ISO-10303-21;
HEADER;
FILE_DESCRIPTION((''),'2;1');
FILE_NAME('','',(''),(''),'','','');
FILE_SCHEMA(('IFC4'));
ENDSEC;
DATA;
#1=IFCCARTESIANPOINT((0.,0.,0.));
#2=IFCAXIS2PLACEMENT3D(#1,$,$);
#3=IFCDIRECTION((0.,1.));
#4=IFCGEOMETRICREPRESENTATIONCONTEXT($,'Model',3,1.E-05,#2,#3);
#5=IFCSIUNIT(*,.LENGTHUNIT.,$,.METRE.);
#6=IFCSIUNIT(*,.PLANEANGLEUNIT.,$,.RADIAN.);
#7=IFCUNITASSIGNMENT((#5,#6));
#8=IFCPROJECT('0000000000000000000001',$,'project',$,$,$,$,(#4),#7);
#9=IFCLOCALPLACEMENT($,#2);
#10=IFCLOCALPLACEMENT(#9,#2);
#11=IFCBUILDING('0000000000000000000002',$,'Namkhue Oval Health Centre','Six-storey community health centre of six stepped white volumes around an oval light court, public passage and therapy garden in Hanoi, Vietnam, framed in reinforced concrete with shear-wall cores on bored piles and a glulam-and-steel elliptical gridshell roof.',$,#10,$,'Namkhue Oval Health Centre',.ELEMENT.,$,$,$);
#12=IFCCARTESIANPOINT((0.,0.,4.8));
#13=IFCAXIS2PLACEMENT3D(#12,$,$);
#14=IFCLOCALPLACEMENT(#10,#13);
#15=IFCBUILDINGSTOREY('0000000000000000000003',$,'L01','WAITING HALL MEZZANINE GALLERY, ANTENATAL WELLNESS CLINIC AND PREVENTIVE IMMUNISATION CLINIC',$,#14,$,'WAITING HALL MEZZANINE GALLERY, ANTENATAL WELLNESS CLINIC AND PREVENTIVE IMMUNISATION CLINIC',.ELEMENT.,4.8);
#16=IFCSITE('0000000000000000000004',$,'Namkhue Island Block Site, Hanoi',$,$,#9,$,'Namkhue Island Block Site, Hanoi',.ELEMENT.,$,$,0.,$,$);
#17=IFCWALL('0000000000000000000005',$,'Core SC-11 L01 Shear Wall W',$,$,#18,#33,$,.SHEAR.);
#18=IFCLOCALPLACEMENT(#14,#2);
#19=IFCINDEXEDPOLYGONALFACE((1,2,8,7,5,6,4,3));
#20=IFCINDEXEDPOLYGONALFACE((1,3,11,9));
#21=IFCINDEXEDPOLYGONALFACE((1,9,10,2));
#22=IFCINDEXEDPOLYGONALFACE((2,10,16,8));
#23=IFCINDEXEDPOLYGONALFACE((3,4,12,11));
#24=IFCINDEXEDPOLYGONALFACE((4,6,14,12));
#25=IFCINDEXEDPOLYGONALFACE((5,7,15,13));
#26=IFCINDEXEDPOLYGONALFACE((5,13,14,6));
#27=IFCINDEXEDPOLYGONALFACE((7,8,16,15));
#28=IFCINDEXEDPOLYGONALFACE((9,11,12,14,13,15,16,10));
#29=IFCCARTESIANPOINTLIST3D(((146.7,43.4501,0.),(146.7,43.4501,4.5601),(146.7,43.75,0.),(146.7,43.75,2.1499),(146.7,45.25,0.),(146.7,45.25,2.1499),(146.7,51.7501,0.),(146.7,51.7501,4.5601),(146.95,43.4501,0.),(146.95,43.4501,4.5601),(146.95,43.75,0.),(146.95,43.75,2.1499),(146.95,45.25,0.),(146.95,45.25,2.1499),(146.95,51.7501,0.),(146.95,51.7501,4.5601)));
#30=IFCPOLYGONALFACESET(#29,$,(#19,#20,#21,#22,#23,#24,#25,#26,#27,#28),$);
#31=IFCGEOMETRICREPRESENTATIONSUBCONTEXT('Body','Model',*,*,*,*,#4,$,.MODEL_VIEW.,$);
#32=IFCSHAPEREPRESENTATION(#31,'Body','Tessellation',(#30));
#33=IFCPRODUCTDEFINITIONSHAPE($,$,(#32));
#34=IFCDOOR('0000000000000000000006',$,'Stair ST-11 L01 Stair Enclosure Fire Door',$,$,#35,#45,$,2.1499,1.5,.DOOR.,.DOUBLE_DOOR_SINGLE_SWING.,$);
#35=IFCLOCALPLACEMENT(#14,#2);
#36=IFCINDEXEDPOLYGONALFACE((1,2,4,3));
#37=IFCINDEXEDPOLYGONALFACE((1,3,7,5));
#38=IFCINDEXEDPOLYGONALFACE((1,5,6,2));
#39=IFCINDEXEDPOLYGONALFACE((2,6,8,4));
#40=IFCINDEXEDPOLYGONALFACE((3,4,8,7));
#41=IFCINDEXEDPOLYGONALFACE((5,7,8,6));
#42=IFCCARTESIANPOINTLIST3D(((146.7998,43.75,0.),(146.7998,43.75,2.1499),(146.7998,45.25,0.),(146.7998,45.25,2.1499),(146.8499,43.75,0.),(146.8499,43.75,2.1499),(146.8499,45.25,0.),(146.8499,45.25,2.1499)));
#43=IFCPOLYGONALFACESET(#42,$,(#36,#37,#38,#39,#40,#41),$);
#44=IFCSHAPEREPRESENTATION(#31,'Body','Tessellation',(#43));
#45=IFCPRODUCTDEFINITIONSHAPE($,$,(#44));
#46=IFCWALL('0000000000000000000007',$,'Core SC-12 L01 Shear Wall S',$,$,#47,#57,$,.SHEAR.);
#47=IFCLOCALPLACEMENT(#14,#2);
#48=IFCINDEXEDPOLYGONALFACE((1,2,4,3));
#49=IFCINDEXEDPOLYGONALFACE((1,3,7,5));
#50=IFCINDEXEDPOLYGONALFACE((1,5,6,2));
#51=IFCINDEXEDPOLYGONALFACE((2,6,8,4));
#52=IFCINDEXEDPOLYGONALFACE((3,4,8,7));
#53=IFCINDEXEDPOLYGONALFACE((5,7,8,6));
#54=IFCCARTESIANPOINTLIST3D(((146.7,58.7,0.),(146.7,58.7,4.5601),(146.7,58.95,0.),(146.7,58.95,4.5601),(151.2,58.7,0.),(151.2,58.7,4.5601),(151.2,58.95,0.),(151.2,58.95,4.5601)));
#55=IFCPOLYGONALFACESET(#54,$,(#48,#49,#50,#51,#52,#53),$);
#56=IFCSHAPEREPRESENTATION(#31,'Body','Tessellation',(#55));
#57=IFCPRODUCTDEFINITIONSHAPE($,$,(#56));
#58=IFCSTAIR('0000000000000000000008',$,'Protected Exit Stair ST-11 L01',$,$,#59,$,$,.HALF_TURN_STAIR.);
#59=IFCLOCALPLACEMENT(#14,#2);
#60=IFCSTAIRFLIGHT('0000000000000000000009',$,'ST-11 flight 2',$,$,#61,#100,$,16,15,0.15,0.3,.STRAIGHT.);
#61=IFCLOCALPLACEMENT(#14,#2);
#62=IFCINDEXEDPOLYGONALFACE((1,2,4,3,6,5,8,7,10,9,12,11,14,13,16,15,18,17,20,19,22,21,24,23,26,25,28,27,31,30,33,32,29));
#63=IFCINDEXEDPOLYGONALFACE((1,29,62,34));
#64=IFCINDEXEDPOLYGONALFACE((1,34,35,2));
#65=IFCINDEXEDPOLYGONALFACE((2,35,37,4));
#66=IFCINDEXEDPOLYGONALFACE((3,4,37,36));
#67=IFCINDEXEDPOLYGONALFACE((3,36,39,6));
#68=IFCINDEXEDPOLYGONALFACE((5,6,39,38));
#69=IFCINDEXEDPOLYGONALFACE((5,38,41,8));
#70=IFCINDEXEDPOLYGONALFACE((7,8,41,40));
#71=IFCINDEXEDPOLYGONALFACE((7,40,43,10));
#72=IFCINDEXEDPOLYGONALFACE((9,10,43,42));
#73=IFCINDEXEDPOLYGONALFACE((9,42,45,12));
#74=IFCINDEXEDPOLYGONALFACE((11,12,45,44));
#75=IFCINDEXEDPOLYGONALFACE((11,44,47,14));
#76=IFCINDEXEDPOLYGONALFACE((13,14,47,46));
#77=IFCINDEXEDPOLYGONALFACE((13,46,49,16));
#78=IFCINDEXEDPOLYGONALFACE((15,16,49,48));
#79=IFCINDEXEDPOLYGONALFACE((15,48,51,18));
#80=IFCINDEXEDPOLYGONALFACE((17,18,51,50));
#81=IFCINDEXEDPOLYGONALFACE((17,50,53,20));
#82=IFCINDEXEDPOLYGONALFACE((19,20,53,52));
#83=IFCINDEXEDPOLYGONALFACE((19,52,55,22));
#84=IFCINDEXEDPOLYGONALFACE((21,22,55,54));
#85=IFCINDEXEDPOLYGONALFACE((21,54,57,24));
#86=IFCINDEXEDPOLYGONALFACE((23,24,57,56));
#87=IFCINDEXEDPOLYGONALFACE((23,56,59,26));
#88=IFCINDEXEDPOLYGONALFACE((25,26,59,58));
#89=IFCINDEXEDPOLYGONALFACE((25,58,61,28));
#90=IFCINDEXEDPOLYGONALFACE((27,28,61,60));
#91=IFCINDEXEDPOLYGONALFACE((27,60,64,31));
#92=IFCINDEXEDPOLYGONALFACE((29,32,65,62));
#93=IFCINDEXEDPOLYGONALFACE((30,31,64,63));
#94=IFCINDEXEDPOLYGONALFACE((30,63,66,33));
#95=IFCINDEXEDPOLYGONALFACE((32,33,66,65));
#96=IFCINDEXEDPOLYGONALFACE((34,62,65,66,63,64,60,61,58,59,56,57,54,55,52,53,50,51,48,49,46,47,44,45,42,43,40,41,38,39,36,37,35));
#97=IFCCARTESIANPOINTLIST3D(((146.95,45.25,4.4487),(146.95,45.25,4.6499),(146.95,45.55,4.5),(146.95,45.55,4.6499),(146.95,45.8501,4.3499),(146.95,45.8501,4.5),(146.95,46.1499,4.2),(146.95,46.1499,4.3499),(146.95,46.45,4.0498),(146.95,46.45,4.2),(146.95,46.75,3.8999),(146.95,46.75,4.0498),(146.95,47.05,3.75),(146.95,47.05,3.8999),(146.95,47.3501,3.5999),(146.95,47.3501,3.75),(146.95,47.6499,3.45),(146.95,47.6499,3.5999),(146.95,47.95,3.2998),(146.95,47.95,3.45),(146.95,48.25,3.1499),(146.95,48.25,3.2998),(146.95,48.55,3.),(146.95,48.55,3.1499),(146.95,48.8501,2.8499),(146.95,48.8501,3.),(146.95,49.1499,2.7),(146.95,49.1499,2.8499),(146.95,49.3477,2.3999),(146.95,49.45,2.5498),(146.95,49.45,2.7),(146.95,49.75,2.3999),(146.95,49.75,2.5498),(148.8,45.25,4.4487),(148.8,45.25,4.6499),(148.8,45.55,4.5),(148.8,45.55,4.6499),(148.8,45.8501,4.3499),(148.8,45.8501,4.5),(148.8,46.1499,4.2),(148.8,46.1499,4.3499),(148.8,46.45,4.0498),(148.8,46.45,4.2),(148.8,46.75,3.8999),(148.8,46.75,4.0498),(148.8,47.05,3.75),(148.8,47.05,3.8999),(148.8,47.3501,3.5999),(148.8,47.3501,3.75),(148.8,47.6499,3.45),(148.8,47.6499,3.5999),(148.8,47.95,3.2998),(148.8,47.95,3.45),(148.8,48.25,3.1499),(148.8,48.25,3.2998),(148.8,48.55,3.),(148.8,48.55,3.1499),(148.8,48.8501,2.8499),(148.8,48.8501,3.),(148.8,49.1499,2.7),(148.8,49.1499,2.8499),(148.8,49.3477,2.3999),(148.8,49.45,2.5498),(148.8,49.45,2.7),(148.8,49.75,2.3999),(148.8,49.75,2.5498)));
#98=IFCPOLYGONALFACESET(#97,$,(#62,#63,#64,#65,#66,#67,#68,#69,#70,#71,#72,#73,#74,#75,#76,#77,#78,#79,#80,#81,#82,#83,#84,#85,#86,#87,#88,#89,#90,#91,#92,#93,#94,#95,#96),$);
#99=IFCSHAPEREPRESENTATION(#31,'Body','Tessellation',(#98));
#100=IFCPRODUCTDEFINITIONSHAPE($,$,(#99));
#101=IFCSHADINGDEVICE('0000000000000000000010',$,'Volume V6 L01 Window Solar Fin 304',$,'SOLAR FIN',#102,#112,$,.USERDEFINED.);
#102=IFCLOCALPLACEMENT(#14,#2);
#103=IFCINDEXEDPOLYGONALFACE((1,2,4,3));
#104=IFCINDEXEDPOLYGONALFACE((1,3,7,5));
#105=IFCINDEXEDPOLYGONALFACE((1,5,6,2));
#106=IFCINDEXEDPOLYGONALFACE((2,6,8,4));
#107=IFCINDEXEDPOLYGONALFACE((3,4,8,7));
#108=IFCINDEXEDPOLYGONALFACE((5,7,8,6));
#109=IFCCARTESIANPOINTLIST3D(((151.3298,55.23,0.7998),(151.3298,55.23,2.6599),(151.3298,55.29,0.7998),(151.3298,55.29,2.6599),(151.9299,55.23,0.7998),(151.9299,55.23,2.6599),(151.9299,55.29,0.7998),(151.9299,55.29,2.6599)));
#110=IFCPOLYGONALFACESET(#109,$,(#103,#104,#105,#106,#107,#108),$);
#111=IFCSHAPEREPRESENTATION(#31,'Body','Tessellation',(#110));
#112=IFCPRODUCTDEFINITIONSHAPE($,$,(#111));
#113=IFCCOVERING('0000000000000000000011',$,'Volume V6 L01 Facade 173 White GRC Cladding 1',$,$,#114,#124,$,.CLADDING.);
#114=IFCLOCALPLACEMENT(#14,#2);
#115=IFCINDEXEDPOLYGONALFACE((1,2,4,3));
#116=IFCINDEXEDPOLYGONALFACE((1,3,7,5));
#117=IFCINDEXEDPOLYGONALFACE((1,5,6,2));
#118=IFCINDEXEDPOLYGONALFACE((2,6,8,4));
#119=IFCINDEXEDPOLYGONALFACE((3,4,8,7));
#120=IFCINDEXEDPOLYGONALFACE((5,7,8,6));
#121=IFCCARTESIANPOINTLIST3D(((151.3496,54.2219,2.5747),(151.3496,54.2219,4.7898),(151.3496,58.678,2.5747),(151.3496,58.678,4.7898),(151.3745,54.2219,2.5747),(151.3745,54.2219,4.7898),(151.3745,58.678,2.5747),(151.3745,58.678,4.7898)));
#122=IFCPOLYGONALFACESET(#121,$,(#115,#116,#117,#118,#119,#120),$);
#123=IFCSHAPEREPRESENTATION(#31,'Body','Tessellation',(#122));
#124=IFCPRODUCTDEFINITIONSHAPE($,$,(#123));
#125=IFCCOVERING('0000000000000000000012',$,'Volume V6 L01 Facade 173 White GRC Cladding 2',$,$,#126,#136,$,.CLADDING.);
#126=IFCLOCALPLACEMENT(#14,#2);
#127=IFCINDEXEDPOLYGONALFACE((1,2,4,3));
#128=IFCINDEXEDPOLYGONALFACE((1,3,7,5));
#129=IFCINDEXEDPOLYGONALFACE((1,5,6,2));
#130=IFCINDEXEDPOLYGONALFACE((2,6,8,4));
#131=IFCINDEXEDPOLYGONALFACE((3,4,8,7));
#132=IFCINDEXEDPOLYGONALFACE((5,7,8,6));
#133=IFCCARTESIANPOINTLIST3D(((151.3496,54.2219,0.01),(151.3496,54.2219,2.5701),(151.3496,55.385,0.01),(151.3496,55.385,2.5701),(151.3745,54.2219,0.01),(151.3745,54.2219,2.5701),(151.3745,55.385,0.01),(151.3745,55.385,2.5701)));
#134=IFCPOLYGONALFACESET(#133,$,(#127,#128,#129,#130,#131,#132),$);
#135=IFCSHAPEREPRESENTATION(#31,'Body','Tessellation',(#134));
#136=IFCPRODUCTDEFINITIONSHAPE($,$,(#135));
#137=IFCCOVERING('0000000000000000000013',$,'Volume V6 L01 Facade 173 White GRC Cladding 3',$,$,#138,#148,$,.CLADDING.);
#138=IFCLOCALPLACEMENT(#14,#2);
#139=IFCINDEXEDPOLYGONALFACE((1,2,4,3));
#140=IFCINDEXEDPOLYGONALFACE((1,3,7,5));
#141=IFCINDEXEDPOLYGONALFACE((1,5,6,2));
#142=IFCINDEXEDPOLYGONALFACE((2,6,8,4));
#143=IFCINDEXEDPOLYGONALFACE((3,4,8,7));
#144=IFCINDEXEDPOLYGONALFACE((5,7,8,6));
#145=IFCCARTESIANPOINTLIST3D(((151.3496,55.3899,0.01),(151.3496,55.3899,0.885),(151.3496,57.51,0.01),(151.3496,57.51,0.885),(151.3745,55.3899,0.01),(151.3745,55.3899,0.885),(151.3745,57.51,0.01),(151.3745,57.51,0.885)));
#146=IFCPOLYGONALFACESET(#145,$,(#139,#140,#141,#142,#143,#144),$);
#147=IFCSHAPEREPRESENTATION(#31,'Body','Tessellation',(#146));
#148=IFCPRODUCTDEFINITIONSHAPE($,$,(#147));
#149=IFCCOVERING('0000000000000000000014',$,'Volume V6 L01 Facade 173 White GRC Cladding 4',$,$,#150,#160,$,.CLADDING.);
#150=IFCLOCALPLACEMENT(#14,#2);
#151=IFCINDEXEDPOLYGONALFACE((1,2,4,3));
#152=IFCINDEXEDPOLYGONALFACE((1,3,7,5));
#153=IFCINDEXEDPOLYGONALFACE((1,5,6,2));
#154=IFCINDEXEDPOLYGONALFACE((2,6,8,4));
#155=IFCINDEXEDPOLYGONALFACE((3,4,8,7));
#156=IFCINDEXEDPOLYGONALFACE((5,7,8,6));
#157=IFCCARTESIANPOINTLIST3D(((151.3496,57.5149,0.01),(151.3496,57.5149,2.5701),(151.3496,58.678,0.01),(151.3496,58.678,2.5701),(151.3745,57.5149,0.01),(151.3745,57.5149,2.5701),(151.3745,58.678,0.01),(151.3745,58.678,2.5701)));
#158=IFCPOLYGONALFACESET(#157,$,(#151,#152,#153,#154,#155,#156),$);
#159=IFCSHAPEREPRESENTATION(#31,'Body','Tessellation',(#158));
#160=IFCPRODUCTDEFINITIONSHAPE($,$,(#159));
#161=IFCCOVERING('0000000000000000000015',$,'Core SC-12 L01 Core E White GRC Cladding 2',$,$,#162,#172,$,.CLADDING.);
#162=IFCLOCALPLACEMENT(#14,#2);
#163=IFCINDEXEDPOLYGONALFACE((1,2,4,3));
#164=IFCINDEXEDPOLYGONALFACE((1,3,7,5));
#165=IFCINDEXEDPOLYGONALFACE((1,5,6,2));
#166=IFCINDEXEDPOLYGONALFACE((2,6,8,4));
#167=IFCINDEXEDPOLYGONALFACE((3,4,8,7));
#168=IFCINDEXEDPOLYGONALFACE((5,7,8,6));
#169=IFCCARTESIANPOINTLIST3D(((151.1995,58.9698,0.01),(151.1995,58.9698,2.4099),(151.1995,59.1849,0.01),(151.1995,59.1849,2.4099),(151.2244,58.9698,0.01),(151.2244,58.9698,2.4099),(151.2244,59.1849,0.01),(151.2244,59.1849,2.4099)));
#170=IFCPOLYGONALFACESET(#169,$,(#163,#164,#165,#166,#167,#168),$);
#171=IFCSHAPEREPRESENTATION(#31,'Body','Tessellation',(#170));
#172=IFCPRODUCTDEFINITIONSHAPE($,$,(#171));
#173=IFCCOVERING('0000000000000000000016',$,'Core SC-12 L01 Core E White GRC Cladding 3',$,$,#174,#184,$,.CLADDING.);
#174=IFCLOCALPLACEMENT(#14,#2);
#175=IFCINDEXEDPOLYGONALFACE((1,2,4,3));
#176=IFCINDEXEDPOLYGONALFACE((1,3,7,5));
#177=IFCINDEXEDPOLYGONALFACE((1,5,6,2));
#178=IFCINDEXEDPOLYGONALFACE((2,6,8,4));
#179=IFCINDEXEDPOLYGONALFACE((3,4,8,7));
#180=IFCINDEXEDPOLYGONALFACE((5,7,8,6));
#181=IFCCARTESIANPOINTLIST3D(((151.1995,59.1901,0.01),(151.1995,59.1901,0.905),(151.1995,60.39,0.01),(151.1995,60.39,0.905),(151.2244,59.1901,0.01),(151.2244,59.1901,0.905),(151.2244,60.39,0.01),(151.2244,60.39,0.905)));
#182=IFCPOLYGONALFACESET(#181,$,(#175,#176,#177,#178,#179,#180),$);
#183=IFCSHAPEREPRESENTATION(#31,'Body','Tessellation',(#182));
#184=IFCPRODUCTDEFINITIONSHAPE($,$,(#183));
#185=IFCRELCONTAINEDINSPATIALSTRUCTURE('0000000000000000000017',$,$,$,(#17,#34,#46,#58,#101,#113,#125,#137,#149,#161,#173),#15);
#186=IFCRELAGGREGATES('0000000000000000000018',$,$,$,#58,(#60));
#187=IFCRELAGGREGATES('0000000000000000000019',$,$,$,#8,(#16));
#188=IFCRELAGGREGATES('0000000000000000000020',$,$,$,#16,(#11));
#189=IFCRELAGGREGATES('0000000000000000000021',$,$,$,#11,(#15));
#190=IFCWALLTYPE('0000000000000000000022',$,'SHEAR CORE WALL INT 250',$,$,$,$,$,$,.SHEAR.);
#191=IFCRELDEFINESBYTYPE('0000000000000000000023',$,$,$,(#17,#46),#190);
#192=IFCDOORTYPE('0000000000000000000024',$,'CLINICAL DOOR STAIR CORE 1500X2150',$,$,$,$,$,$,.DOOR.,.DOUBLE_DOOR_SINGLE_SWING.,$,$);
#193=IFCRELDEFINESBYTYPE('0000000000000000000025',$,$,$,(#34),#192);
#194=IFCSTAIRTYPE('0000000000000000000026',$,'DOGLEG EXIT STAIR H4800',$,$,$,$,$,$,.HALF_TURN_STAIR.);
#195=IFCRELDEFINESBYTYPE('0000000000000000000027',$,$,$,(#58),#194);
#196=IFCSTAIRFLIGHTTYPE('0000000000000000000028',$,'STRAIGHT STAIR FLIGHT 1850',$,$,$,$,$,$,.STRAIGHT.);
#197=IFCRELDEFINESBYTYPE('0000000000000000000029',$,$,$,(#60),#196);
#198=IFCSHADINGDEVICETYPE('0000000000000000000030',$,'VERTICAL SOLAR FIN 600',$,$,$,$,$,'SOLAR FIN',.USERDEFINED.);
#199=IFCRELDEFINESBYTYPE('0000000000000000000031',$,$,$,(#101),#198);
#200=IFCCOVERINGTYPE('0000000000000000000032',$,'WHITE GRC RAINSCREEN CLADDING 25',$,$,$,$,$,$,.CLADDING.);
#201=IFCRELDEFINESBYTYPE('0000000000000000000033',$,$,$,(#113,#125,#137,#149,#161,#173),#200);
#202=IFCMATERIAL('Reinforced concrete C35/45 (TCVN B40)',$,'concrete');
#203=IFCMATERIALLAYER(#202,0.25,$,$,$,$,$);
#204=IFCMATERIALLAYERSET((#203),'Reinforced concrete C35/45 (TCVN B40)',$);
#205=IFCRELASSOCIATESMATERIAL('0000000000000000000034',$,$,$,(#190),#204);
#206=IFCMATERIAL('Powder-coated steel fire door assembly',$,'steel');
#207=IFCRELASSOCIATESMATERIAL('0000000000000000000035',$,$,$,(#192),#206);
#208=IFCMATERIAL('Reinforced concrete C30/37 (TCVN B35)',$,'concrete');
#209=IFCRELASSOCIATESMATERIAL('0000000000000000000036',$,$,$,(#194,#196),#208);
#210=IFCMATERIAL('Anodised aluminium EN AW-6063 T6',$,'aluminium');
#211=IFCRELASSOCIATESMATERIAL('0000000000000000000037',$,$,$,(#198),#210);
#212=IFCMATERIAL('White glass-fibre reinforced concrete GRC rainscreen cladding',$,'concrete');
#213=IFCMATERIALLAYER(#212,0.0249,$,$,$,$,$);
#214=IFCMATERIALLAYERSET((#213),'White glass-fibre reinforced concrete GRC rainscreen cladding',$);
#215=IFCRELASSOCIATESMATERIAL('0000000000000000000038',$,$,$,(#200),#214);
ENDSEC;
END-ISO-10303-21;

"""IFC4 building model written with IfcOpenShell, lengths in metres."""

from ifc_helpers import new_model, si_unit, direction, frame, frame_2d, origin, origin_2d, place, context, subcontext, project, spatial, polyline, rectangle, outline, extrude, material, layer, layer_set, type_object, element, fill, aggregate, save


model = new_model("IFC4")

# Units and contexts
model_context = context("Model", 3, precision=1e-05, world=origin(), true_north=direction((0.0, 1.0)))
body_context = subcontext(model_context, "Body", "Model", "MODEL_VIEW")
ifc_project = project(units=[si_unit("LENGTHUNIT", "METRE"), si_unit("PLANEANGLEUNIT", "RADIAN")], contexts=[model_context])

# Site, building, storey
site_placement = place(None, origin())
site = spatial("IfcSite", under=ifc_project, at=site_placement, Name="Namkhue Island Block Site, Hanoi", LongName="Namkhue Island Block Site, Hanoi", CompositionType="ELEMENT", RefElevation=0.0)
building_placement = place(site_placement, origin())
building = spatial("IfcBuilding", under=site, at=building_placement, Name="Namkhue Oval Health Centre", Description="Six-storey community health centre of six stepped white volumes around an oval light court, public passage and therapy garden in Hanoi, Vietnam, framed in reinforced concrete with shear-wall cores on bored piles and a glulam-and-steel elliptical gridshell roof.", LongName="Namkhue Oval Health Centre", CompositionType="ELEMENT")
storey_placement = place(building_placement, frame((0.0, 0.0, 4.8)))
storey = spatial("IfcBuildingStorey", under=building, at=storey_placement, Name="L01", Description="WAITING HALL MEZZANINE GALLERY, ANTENATAL WELLNESS CLINIC AND PREVENTIVE IMMUNISATION CLINIC", LongName="WAITING HALL MEZZANINE GALLERY, ANTENATAL WELLNESS CLINIC AND PREVENTIVE IMMUNISATION CLINIC", CompositionType="ELEMENT", Elevation=4.8)

# Shared definitions
ifc_material_1 = material(Name="Reinforced concrete C35/45 (TCVN B40)", Category="concrete")

# Shared definitions
ifc_material_2 = material(Name="Powder-coated steel fire door assembly", Category="steel")

# Shared definitions
ifc_layer_1 = layer(ifc_material_1, 0.25)
ifc_layer_set_1 = layer_set([ifc_layer_1], Name="Reinforced concrete C35/45 (TCVN B40)")
wall_type_1 = type_object("IfcWallType", Name="SHEAR CORE WALL INT 250", PredefinedType="SHEAR", material=ifc_layer_set_1)

# Wall, opening, door
wall_1_placement = place(storey_placement, frame((146.825, 51.75, 0.0), z_axis=(0.0, 0.0, 1.0), x_axis=(0.0, -1.0, 0.0)))
wall_1 = element("IfcWall", 1, at=wall_1_placement, inside=storey, type_object=wall_type_1, Name="Core SC-11 L01 Shear Wall W", PredefinedType="SHEAR", context=body_context, shape_type="SweptSolid", body=[
    extrude(rectangle(XDim=8.3, YDim=0.25, at=frame_2d((4.1499, 0.0))), origin(), (0.0, 0.0, 1.0), 4.5601),
])
opening_1_placement = place(wall_1_placement, frame((6.5, 0.0, 0.0)))
opening_1 = element("IfcOpeningElement", 2, at=opening_1_placement, cuts=wall_1, PredefinedType="OPENING", context=body_context, shape_type="SweptSolid", body=[
    extrude(rectangle(XDim=1.5, YDim=2.1499, at=frame_2d((0.75, 1.075))), frame((0.0, 0.135, 0.0), z_axis=(0.0, -1.0, 0.0), x_axis=(1.0, 0.0, 0.0)), (0.0, 0.0, 1.0), 0.27),
])
door_type_1 = type_object("IfcDoorType", Name="CLINICAL DOOR STAIR CORE 1500X2150", OperationType="DOUBLE_DOOR_SINGLE_SWING", PredefinedType="DOOR", material=ifc_material_2)
door_1_placement = place(opening_1_placement, origin())
door_1 = element("IfcDoor", 3, at=door_1_placement, inside=storey, type_object=door_type_1, Name="Stair ST-11 L01 Stair Enclosure Fire Door", OperationType="DOUBLE_DOOR_SINGLE_SWING", OverallHeight=2.1499, OverallWidth=1.5, PredefinedType="DOOR", context=body_context, shape_type="SweptSolid", body=[
    extrude(rectangle(XDim=1.5, YDim=2.1499, at=frame_2d((0.75, 1.075))), frame((0.0, 0.0249, 0.0), z_axis=(0.0, -1.0, 0.0), x_axis=(1.0, 0.0, 0.0)), (0.0, 0.0, 1.0), 0.05),
])
fill(opening_1, door_1)

# Wall
wall_2_placement = place(storey_placement, frame((146.7, 58.825, 0.0), z_axis=(0.0, 0.0, 1.0), x_axis=(1.0, 0.0, 0.0)))
element("IfcWall", 4, at=wall_2_placement, inside=storey, type_object=wall_type_1, Name="Core SC-12 L01 Shear Wall S", PredefinedType="SHEAR", context=body_context, shape_type="SweptSolid", body=[
    extrude(rectangle(XDim=4.5, YDim=0.25, at=frame_2d((2.25, 0.0))), origin(), (0.0, 0.0, 1.0), 4.5601),
])

# Stair, stair flight
ifc_material_3 = material(Name="Reinforced concrete C30/37 (TCVN B35)", Category="concrete")
stair_type = type_object("IfcStairType", Name="DOGLEG EXIT STAIR H4800", PredefinedType="HALF_TURN_STAIR", material=ifc_material_3)
stair_placement = place(storey_placement, origin())
stair = element("IfcStair", 5, at=stair_placement, inside=storey, type_object=stair_type, Name="Protected Exit Stair ST-11 L01", PredefinedType="HALF_TURN_STAIR")
stair_flight_type = type_object("IfcStairFlightType", Name="STRAIGHT STAIR FLIGHT 1850", PredefinedType="STRAIGHT", material=ifc_material_3)
stair_flight_placement = place(storey_placement, frame((147.875, 49.75, 2.3999), z_axis=(0.0, 0.0, 1.0), x_axis=(0.0, -1.0, 0.0)))
stair_flight = element("IfcStairFlight", 6, at=stair_flight_placement, type_object=stair_flight_type, Name="ST-11 flight 2", NumberOfRisers=16, NumberOfTreads=15, PredefinedType="STRAIGHT", RiserHeight=0.15, TreadLength=0.3, context=body_context, shape_type="SweptSolid", body=[
    extrude(outline(polyline([(0.0, 0.0), (0.0, 0.1499), (0.3, 0.1499), (0.3, 0.3), (0.6001, 0.3), (0.6001, 0.45), (0.8999, 0.45), (0.8999, 0.6001), (1.2, 0.6001), (1.2, 0.75), (1.5, 0.75), (1.5, 0.8999), (1.8, 0.8999), (1.8, 1.05), (2.1001, 1.05), (2.1001, 1.2), (2.3999, 1.2), (2.3999, 1.3501), (2.7, 1.3501), (2.7, 1.5), (3.0, 1.5), (3.0, 1.6499), (3.3, 1.6499), (3.3, 1.8), (3.6001, 1.8), (3.6001, 1.95), (3.8999, 1.95), (3.8999, 2.1001), (4.2, 2.1001), (4.2, 2.25), (4.5, 2.25), (4.5, 2.3999), (4.5, 2.0488), (0.4023, 0.0), (0.0, 0.0)])), frame((0.0, 0.925, 0.0), z_axis=(0.0, -1.0, 0.0), x_axis=(1.0, 0.0, 0.0)), (0.0, 0.0, 1.0), 1.8501),
])
aggregate(stair, [stair_flight])

# Shading device
ifc_material_4 = material(Name="Anodised aluminium EN AW-6063 T6", Category="aluminium")
shading_device_type = type_object("IfcShadingDeviceType", Name="VERTICAL SOLAR FIN 600", ElementType="SOLAR FIN", PredefinedType="USERDEFINED", material=ifc_material_4)
shading_device_placement = place(storey_placement, frame((151.6299, 55.26, 0.7998), z_axis=(0.0, 0.0, 1.0), x_axis=(1.0, 0.0, 0.0)))
element("IfcShadingDevice", 7, at=shading_device_placement, inside=storey, type_object=shading_device_type, Name="Volume V6 L01 Window Solar Fin 304", ObjectType="SOLAR FIN", PredefinedType="USERDEFINED", context=body_context, shape_type="SweptSolid", body=[
    extrude(rectangle(XDim=0.6001, YDim=0.0601, at=origin_2d()), origin(), (0.0, 0.0, 1.0), 1.8601),
])

# Coverings
ifc_material_5 = material(Name="White glass-fibre reinforced concrete GRC rainscreen cladding", Category="concrete")
ifc_layer_2 = layer(ifc_material_5, 0.0249)
ifc_layer_set_2 = layer_set([ifc_layer_2], Name="White glass-fibre reinforced concrete GRC rainscreen cladding")
covering_type = type_object("IfcCoveringType", Name="WHITE GRC RAINSCREEN CLADDING 25", PredefinedType="CLADDING", material=ifc_layer_set_2)
covering_1_placement = place(storey_placement, frame((151.3621, 56.45, 2.5747), z_axis=(0.0, 0.0, 1.0), x_axis=(0.0, 1.0, 0.0)))
element("IfcCovering", 8, at=covering_1_placement, inside=storey, type_object=covering_type, Name="Volume V6 L01 Facade 173 White GRC Cladding 1", PredefinedType="CLADDING", context=body_context, shape_type="SweptSolid", body=[
    extrude(rectangle(XDim=4.4561, YDim=0.0249, at=origin_2d()), origin(), (0.0, 0.0, 1.0), 2.2151),
])
covering_2_placement = place(storey_placement, frame((151.3621, 54.8035, 0.01), z_axis=(0.0, 0.0, 1.0), x_axis=(0.0, 1.0, 0.0)))
element("IfcCovering", 9, at=covering_2_placement, inside=storey, type_object=covering_type, Name="Volume V6 L01 Facade 173 White GRC Cladding 2", PredefinedType="CLADDING", context=body_context, shape_type="SweptSolid", body=[
    extrude(rectangle(XDim=1.1631, YDim=0.0249, at=origin_2d()), origin(), (0.0, 0.0, 1.0), 2.5601),
])
covering_3_placement = place(storey_placement, frame((151.3621, 56.45, 0.01), z_axis=(0.0, 0.0, 1.0), x_axis=(0.0, 1.0, 0.0)))
element("IfcCovering", 10, at=covering_3_placement, inside=storey, type_object=covering_type, Name="Volume V6 L01 Facade 173 White GRC Cladding 3", PredefinedType="CLADDING", context=body_context, shape_type="SweptSolid", body=[
    extrude(rectangle(XDim=2.1201, YDim=0.0249, at=origin_2d()), origin(), (0.0, 0.0, 1.0), 0.875),
])
covering_4_placement = place(storey_placement, frame((151.3621, 58.0964, 0.01), z_axis=(0.0, 0.0, 1.0), x_axis=(0.0, 1.0, 0.0)))
element("IfcCovering", 11, at=covering_4_placement, inside=storey, type_object=covering_type, Name="Volume V6 L01 Facade 173 White GRC Cladding 4", PredefinedType="CLADDING", context=body_context, shape_type="SweptSolid", body=[
    extrude(rectangle(XDim=1.1631, YDim=0.0249, at=origin_2d()), origin(), (0.0, 0.0, 1.0), 2.5601),
])
covering_5_placement = place(storey_placement, frame((151.2119, 59.0774, 0.01), z_axis=(0.0, 0.0, 1.0), x_axis=(0.0, 1.0, 0.0)))
element("IfcCovering", 12, at=covering_5_placement, inside=storey, type_object=covering_type, Name="Core SC-12 L01 Core E White GRC Cladding 2", PredefinedType="CLADDING", context=body_context, shape_type="SweptSolid", body=[
    extrude(rectangle(XDim=0.2151, YDim=0.0249, at=origin_2d()), origin(), (0.0, 0.0, 1.0), 2.3999),
])
covering_6_placement = place(storey_placement, frame((151.2119, 59.79, 0.01), z_axis=(0.0, 0.0, 1.0), x_axis=(0.0, 1.0, 0.0)))
element("IfcCovering", 13, at=covering_6_placement, inside=storey, type_object=covering_type, Name="Core SC-12 L01 Core E White GRC Cladding 3", PredefinedType="CLADDING", context=body_context, shape_type="SweptSolid", body=[
    extrude(rectangle(XDim=1.2, YDim=0.0249, at=origin_2d()), origin(), (0.0, 0.0, 1.0), 0.895),
])

save(model, "model.ifc")
